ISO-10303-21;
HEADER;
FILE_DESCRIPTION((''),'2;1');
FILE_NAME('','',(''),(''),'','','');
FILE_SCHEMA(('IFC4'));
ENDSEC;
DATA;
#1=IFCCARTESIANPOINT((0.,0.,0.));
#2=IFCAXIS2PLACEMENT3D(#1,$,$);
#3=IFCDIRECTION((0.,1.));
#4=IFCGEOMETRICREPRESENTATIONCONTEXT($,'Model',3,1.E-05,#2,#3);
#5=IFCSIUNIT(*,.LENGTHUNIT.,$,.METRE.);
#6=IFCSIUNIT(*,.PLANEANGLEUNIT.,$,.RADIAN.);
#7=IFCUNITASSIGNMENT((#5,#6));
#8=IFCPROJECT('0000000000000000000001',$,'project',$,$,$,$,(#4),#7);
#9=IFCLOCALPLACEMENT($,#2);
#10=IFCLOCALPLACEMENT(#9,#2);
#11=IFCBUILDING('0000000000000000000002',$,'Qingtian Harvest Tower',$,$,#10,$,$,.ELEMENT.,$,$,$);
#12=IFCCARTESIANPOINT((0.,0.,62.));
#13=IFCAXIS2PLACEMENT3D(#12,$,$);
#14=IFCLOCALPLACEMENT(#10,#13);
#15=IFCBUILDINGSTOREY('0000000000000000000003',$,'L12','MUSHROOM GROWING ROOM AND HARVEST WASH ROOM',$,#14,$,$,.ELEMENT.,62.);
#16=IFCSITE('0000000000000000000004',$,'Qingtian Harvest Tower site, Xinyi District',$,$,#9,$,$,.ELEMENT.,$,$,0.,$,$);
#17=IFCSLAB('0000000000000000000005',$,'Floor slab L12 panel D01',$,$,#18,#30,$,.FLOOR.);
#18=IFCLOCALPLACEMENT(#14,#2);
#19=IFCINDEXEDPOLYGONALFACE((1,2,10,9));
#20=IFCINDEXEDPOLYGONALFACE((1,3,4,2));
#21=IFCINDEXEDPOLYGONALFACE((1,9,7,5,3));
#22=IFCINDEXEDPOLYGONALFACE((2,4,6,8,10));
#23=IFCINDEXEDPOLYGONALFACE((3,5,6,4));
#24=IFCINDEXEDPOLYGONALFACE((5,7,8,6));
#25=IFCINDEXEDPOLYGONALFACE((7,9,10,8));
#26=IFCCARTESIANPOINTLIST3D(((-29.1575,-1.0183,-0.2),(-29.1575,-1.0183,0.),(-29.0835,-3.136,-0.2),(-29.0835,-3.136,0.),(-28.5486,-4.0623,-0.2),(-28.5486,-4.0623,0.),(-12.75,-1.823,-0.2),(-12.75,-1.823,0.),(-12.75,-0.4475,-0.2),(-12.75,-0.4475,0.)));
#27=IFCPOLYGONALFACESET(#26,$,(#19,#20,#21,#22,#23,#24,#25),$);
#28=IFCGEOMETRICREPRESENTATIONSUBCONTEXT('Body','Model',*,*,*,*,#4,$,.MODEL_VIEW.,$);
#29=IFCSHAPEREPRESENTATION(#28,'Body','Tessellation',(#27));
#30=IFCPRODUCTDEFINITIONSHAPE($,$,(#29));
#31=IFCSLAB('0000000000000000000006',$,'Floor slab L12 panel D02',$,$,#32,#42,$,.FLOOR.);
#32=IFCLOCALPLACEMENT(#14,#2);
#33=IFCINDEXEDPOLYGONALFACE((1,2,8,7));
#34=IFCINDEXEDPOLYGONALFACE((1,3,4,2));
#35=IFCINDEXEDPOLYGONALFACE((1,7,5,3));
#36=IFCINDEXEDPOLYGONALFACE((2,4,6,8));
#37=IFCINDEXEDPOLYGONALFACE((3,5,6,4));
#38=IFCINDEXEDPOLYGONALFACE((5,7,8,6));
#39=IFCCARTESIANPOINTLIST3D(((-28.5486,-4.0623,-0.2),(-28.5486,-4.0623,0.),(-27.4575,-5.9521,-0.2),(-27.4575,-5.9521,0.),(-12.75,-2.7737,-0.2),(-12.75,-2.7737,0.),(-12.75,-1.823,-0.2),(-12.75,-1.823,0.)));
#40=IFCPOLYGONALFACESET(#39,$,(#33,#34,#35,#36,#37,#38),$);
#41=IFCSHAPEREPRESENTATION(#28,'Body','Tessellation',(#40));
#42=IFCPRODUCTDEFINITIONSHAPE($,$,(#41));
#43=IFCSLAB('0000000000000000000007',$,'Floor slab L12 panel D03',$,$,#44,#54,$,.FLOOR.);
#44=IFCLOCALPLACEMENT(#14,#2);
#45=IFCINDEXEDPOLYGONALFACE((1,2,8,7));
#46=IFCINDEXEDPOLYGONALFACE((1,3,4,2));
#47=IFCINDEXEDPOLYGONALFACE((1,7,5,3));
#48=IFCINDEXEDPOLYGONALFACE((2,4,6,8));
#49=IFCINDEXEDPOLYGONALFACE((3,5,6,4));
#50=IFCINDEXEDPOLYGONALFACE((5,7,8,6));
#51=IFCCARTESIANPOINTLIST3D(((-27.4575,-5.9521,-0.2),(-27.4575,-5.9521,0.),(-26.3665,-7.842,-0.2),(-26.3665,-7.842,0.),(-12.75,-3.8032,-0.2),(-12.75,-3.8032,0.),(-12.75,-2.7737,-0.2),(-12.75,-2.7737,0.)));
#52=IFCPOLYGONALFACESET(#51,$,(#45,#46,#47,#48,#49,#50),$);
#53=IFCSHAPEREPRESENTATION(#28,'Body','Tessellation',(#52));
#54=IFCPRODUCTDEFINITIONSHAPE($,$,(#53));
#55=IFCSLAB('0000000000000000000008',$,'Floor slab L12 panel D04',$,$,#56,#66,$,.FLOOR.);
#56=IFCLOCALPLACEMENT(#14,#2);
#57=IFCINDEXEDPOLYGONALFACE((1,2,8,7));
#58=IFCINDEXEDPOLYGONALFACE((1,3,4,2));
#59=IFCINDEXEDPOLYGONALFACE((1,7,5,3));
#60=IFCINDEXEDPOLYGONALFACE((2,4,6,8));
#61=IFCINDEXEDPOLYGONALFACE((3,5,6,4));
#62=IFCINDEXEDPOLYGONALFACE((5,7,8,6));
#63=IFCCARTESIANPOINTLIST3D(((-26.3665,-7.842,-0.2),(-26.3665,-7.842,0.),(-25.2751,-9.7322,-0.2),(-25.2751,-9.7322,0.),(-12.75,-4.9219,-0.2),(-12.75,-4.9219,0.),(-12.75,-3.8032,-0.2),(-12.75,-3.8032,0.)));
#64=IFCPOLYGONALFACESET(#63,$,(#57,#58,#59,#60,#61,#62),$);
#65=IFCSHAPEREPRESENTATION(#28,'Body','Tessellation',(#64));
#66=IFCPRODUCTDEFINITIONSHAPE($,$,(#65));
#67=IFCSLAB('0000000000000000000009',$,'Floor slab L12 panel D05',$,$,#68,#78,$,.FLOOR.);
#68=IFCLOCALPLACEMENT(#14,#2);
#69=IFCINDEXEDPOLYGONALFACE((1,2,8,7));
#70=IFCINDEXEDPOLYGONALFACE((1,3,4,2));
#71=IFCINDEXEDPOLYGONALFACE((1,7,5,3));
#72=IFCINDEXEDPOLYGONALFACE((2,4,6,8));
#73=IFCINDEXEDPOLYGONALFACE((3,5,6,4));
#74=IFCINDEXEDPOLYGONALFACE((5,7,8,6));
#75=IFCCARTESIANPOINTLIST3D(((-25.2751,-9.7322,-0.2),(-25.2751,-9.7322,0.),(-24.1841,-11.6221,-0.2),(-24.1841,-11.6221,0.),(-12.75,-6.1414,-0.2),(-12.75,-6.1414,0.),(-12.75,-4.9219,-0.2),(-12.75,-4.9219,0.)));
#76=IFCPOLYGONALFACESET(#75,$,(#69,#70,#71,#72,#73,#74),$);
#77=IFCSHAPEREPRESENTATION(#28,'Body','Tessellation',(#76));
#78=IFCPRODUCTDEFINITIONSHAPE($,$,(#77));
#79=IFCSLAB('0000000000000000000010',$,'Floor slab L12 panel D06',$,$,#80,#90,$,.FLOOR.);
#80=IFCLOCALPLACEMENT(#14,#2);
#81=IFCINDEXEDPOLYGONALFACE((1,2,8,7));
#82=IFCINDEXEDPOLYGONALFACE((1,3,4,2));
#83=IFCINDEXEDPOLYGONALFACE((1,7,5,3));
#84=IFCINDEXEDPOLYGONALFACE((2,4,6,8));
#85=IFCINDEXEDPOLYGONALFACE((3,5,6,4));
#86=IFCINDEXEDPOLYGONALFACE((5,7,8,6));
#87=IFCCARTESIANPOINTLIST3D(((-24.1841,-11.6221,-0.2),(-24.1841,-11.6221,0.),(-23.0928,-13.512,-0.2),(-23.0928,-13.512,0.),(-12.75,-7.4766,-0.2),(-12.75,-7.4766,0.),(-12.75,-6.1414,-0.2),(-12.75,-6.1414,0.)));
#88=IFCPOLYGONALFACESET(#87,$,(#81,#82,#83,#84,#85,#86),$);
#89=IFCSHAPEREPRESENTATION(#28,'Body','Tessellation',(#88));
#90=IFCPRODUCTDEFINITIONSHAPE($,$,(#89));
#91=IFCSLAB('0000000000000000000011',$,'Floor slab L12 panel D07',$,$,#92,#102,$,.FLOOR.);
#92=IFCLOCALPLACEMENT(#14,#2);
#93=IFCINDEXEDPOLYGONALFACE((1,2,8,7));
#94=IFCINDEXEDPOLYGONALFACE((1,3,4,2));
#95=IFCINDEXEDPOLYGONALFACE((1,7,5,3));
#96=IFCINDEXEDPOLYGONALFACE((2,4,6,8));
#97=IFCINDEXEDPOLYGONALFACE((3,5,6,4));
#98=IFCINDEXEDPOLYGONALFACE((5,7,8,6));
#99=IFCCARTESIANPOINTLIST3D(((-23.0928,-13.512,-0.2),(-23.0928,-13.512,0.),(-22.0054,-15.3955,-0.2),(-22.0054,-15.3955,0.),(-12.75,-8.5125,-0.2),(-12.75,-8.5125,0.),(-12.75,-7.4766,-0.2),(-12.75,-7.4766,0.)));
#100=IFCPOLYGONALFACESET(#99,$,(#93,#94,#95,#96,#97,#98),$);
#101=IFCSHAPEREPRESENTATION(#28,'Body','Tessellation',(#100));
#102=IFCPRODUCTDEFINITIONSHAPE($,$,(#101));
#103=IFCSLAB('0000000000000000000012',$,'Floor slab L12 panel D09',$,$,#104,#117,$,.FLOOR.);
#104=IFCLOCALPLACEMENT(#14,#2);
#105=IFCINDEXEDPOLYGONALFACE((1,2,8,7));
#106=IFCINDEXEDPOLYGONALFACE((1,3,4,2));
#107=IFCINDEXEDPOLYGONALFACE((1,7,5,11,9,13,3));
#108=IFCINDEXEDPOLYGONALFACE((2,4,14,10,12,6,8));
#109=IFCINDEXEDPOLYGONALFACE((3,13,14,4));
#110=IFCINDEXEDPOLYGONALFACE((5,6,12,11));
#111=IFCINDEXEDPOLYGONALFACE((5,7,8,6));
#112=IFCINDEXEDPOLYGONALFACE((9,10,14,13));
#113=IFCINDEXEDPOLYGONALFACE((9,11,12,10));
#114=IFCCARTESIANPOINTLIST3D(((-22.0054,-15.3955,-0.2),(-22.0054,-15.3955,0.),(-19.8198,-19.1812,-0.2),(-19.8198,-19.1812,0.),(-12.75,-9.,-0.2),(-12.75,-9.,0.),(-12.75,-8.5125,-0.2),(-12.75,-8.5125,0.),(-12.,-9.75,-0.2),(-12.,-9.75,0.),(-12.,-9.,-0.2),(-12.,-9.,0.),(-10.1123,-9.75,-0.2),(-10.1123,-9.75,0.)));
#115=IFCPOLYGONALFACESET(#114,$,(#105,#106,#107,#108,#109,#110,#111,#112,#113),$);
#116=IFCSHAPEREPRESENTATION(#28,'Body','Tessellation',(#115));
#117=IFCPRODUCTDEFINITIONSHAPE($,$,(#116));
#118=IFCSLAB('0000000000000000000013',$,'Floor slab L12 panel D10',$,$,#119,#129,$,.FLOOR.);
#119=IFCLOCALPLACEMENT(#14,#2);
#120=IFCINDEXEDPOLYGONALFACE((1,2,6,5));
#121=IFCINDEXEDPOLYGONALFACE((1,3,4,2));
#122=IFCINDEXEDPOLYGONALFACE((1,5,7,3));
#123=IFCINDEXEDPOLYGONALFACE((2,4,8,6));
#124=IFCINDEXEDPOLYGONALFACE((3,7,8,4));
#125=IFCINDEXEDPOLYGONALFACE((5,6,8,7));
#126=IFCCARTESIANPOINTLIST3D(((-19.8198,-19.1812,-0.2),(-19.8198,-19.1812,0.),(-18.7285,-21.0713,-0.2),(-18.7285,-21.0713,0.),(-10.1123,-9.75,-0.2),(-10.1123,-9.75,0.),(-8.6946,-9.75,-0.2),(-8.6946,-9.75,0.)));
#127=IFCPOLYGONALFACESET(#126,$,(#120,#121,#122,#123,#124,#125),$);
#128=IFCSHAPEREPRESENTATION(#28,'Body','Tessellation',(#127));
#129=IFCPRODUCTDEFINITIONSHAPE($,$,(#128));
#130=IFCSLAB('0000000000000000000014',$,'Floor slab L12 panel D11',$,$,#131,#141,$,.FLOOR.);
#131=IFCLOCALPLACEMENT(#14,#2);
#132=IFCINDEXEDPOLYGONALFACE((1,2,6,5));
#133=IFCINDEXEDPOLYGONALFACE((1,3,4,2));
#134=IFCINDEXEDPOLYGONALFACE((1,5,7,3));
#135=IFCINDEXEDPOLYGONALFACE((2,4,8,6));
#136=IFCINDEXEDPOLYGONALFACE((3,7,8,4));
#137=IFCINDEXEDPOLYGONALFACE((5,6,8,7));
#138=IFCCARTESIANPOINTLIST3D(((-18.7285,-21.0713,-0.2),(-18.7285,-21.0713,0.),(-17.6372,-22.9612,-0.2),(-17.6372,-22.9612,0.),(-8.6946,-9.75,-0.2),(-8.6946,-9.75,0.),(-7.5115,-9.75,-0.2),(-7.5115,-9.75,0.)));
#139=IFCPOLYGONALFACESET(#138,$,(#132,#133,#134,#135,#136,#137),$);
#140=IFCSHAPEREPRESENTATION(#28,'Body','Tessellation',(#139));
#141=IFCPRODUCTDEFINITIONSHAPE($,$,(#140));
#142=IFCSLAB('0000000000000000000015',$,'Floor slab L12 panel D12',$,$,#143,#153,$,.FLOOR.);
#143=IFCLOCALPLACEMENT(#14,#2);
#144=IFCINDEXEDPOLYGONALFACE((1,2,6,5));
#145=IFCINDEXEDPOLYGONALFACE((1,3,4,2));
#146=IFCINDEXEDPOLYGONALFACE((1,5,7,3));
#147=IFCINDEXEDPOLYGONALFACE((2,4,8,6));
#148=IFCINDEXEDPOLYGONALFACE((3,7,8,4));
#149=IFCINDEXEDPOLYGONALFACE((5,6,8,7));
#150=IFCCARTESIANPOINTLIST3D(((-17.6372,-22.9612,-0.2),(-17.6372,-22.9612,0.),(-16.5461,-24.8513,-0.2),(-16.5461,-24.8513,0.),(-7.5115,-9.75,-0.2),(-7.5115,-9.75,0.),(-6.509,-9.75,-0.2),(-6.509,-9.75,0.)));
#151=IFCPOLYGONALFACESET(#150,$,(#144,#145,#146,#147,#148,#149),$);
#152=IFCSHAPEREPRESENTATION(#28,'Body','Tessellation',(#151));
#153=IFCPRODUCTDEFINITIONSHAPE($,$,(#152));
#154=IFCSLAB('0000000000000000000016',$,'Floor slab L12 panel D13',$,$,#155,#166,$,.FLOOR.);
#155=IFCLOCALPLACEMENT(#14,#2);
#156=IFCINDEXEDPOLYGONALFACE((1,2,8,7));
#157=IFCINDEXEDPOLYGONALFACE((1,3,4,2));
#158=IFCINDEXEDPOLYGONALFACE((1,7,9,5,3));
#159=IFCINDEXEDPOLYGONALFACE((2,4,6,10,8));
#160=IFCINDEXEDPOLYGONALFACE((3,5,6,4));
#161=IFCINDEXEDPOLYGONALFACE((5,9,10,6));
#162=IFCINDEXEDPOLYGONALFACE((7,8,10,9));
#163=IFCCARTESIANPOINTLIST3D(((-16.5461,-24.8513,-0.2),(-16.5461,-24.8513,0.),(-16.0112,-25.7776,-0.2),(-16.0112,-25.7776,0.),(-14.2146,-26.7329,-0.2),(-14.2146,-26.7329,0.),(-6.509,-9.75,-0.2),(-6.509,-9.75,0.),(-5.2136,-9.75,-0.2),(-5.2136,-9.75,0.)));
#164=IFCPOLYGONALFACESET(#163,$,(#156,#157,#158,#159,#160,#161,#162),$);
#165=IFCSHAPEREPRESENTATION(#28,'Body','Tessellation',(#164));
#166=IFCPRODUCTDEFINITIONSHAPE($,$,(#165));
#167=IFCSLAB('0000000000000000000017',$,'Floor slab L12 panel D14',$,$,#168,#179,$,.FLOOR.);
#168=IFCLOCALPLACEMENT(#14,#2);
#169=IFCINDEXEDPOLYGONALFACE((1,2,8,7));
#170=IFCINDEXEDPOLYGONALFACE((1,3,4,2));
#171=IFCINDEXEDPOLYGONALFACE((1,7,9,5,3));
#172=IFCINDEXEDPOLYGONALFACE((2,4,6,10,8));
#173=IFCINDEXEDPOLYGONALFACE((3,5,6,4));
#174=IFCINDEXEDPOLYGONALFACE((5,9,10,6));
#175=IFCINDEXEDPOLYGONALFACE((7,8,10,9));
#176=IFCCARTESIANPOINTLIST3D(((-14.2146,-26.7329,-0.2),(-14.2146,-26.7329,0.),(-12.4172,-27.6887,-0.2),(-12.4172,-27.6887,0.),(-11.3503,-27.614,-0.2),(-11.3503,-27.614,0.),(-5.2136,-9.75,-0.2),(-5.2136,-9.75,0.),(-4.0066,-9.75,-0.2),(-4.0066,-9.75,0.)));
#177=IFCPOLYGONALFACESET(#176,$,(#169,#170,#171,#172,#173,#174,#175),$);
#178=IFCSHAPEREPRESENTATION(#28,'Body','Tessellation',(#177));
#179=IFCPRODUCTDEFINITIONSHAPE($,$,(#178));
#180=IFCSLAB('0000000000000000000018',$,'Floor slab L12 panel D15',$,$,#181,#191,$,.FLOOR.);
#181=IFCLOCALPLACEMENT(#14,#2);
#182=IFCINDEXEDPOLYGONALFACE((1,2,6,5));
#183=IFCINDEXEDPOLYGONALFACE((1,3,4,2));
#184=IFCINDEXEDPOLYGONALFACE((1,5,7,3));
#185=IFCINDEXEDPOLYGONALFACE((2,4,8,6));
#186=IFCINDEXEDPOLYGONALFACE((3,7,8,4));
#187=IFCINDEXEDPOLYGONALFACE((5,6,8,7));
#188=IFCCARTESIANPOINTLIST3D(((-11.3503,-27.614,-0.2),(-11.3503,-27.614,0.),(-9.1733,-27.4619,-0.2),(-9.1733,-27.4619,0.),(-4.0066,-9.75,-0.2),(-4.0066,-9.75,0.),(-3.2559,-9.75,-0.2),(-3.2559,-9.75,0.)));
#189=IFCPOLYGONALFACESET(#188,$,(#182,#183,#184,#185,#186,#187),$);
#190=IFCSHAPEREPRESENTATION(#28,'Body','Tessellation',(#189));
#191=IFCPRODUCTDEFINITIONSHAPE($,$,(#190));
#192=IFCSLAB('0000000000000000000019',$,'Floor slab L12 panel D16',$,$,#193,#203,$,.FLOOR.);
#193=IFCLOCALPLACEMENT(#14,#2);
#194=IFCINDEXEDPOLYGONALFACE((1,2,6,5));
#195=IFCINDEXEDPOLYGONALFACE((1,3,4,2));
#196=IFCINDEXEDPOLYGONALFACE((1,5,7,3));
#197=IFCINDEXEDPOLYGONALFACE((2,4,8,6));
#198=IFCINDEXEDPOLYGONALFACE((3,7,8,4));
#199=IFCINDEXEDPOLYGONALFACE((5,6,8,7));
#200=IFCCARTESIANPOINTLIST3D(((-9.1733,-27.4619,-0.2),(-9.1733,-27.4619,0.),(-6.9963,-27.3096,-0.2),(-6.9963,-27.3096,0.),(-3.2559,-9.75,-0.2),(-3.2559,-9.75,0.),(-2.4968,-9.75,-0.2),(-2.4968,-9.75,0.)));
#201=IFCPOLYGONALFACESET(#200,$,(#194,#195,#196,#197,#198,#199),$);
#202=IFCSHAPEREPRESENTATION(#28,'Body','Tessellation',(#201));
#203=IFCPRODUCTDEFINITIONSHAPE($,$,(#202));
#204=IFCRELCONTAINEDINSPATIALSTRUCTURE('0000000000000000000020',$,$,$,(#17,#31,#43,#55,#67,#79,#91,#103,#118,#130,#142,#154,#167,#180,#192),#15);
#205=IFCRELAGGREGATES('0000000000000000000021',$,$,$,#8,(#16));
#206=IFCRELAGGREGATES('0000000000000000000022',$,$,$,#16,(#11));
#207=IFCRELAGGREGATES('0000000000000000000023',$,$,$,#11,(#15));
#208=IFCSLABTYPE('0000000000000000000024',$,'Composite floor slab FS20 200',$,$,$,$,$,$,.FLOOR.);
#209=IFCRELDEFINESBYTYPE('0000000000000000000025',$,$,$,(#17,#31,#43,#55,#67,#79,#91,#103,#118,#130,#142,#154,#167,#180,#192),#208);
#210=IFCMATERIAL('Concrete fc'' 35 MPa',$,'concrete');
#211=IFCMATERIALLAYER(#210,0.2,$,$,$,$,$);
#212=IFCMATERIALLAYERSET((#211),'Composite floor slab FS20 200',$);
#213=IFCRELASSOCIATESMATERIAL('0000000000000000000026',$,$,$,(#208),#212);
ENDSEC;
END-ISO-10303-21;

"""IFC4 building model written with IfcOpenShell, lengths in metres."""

from ifc_helpers import new_model, si_unit, direction, frame, origin, place, context, subcontext, project, spatial, polyline, outline, extrude, material, layer, layer_set, type_object, element, save


model = new_model("IFC4")

# Units and contexts
model_context = context("Model", 3, precision=1e-05, world=origin(), true_north=direction((0.0, 1.0)))
body_context = subcontext(model_context, "Body", "Model", "MODEL_VIEW")
ifc_project = project(units=[si_unit("LENGTHUNIT", "METRE"), si_unit("PLANEANGLEUNIT", "RADIAN")], contexts=[model_context])

# Site, building, storey
site_placement = place(None, origin())
site = spatial("IfcSite", under=ifc_project, at=site_placement, Name="Qingtian Harvest Tower site, Xinyi District", CompositionType="ELEMENT", RefElevation=0.0)
building_placement = place(site_placement, origin())
building = spatial("IfcBuilding", under=site, at=building_placement, Name="Qingtian Harvest Tower", CompositionType="ELEMENT")
storey_placement = place(building_placement, frame((0.0, 0.0, 62.0)))
storey = spatial("IfcBuildingStorey", under=building, at=storey_placement, Name="L12", Description="MUSHROOM GROWING ROOM AND HARVEST WASH ROOM", CompositionType="ELEMENT", Elevation=62.0)

# Slabs
ifc_material_1 = material(Name="Concrete fc' 35 MPa", Category="concrete")
ifc_layer_1 = layer(ifc_material_1, 0.2)
ifc_layer_set_1 = layer_set([ifc_layer_1], Name="Composite floor slab FS20 200")
slab_type_1 = type_object("IfcSlabType", Name="Composite floor slab FS20 200", PredefinedType="FLOOR", material=ifc_layer_set_1)
slab_1_placement = place(storey_placement, frame((0.0, 0.0, -0.2)))
element("IfcSlab", 1, at=slab_1_placement, inside=storey, type_object=slab_type_1, Name="Floor slab L12 panel D01", PredefinedType="FLOOR", context=body_context, shape_type="SweptSolid", body=[
    extrude(outline(polyline([(-29.1575, -1.0183), (-12.75, -0.4475), (-12.75, -1.823), (-28.5486, -4.0623), (-29.0835, -3.136), (-29.1575, -1.0183)])), origin(), (0.0, 0.0, 1.0), 0.2),
])
slab_2_placement = place(storey_placement, frame((0.0, 0.0, -0.2)))
element("IfcSlab", 2, at=slab_2_placement, inside=storey, type_object=slab_type_1, Name="Floor slab L12 panel D02", PredefinedType="FLOOR", context=body_context, shape_type="SweptSolid", body=[
    extrude(outline(polyline([(-12.75, -2.7737), (-27.4575, -5.9521), (-28.5486, -4.0623), (-12.75, -1.823), (-12.75, -2.7737)])), origin(), (0.0, 0.0, 1.0), 0.2),
])
slab_3_placement = place(storey_placement, frame((0.0, 0.0, -0.2)))
element("IfcSlab", 3, at=slab_3_placement, inside=storey, type_object=slab_type_1, Name="Floor slab L12 panel D03", PredefinedType="FLOOR", context=body_context, shape_type="SweptSolid", body=[
    extrude(outline(polyline([(-12.75, -3.8032), (-26.3665, -7.842), (-27.4575, -5.9521), (-12.75, -2.7737), (-12.75, -3.8032)])), origin(), (0.0, 0.0, 1.0), 0.2),
])
slab_4_placement = place(storey_placement, frame((0.0, 0.0, -0.2)))
element("IfcSlab", 4, at=slab_4_placement, inside=storey, type_object=slab_type_1, Name="Floor slab L12 panel D04", PredefinedType="FLOOR", context=body_context, shape_type="SweptSolid", body=[
    extrude(outline(polyline([(-12.75, -4.9219), (-25.2751, -9.7322), (-26.3665, -7.842), (-12.75, -3.8032), (-12.75, -4.9219)])), origin(), (0.0, 0.0, 1.0), 0.2),
])
slab_5_placement = place(storey_placement, frame((0.0, 0.0, -0.2)))
element("IfcSlab", 5, at=slab_5_placement, inside=storey, type_object=slab_type_1, Name="Floor slab L12 panel D05", PredefinedType="FLOOR", context=body_context, shape_type="SweptSolid", body=[
    extrude(outline(polyline([(-12.75, -6.1414), (-24.1841, -11.6221), (-25.2751, -9.7322), (-12.75, -4.9219), (-12.75, -6.1414)])), origin(), (0.0, 0.0, 1.0), 0.2),
])
slab_6_placement = place(storey_placement, frame((0.0, 0.0, -0.2)))
element("IfcSlab", 6, at=slab_6_placement, inside=storey, type_object=slab_type_1, Name="Floor slab L12 panel D06", PredefinedType="FLOOR", context=body_context, shape_type="SweptSolid", body=[
    extrude(outline(polyline([(-12.75, -7.4766), (-23.0928, -13.512), (-24.1841, -11.6221), (-12.75, -6.1414), (-12.75, -7.4766)])), origin(), (0.0, 0.0, 1.0), 0.2),
])
slab_7_placement = place(storey_placement, frame((0.0, 0.0, -0.2)))
element("IfcSlab", 7, at=slab_7_placement, inside=storey, type_object=slab_type_1, Name="Floor slab L12 panel D07", PredefinedType="FLOOR", context=body_context, shape_type="SweptSolid", body=[
    extrude(outline(polyline([(-12.75, -8.5125), (-22.0054, -15.3955), (-23.0928, -13.512), (-12.75, -7.4766), (-12.75, -8.5125)])), origin(), (0.0, 0.0, 1.0), 0.2),
])
slab_8_placement = place(storey_placement, frame((0.0, 0.0, -0.2)))
element("IfcSlab", 8, at=slab_8_placement, inside=storey, type_object=slab_type_1, Name="Floor slab L12 panel D09", PredefinedType="FLOOR", context=body_context, shape_type="SweptSolid", body=[
    extrude(outline(polyline([(-19.8198, -19.1812), (-22.0054, -15.3955), (-12.75, -8.5125), (-12.75, -9.0), (-12.0, -9.0), (-12.0, -9.75), (-10.1123, -9.75), (-19.8198, -19.1812)])), origin(), (0.0, 0.0, 1.0), 0.2),
])
slab_9_placement = place(storey_placement, frame((0.0, 0.0, -0.2)))
element("IfcSlab", 9, at=slab_9_placement, inside=storey, type_object=slab_type_1, Name="Floor slab L12 panel D10", PredefinedType="FLOOR", context=body_context, shape_type="SweptSolid", body=[
    extrude(outline(polyline([(-8.6946, -9.75), (-18.7285, -21.0713), (-19.8198, -19.1812), (-10.1123, -9.75), (-8.6946, -9.75)])), origin(), (0.0, 0.0, 1.0), 0.2),
])
slab_10_placement = place(storey_placement, frame((0.0, 0.0, -0.2)))
element("IfcSlab", 10, at=slab_10_placement, inside=storey, type_object=slab_type_1, Name="Floor slab L12 panel D11", PredefinedType="FLOOR", context=body_context, shape_type="SweptSolid", body=[
    extrude(outline(polyline([(-7.5115, -9.75), (-17.6372, -22.9612), (-18.7285, -21.0713), (-8.6946, -9.75), (-7.5115, -9.75)])), origin(), (0.0, 0.0, 1.0), 0.2),
])
slab_11_placement = place(storey_placement, frame((0.0, 0.0, -0.2)))
element("IfcSlab", 11, at=slab_11_placement, inside=storey, type_object=slab_type_1, Name="Floor slab L12 panel D12", PredefinedType="FLOOR", context=body_context, shape_type="SweptSolid", body=[
    extrude(outline(polyline([(-6.509, -9.75), (-16.5461, -24.8513), (-17.6372, -22.9612), (-7.5115, -9.75), (-6.509, -9.75)])), origin(), (0.0, 0.0, 1.0), 0.2),
])
slab_12_placement = place(storey_placement, frame((0.0, 0.0, -0.2)))
element("IfcSlab", 12, at=slab_12_placement, inside=storey, type_object=slab_type_1, Name="Floor slab L12 panel D13", PredefinedType="FLOOR", context=body_context, shape_type="SweptSolid", body=[
    extrude(outline(polyline([(-6.509, -9.75), (-5.2136, -9.75), (-14.2146, -26.7329), (-16.0112, -25.7776), (-16.5461, -24.8513), (-6.509, -9.75)])), origin(), (0.0, 0.0, 1.0), 0.2),
])
slab_13_placement = place(storey_placement, frame((0.0, 0.0, -0.2)))
element("IfcSlab", 13, at=slab_13_placement, inside=storey, type_object=slab_type_1, Name="Floor slab L12 panel D14", PredefinedType="FLOOR", context=body_context, shape_type="SweptSolid", body=[
    extrude(outline(polyline([(-5.2136, -9.75), (-4.0066, -9.75), (-11.3503, -27.614), (-12.4172, -27.6887), (-14.2146, -26.7329), (-5.2136, -9.75)])), origin(), (0.0, 0.0, 1.0), 0.2),
])
slab_14_placement = place(storey_placement, frame((0.0, 0.0, -0.2)))
element("IfcSlab", 14, at=slab_14_placement, inside=storey, type_object=slab_type_1, Name="Floor slab L12 panel D15", PredefinedType="FLOOR", context=body_context, shape_type="SweptSolid", body=[
    extrude(outline(polyline([(-3.2559, -9.75), (-9.1733, -27.4619), (-11.3503, -27.614), (-4.0066, -9.75), (-3.2559, -9.75)])), origin(), (0.0, 0.0, 1.0), 0.2),
])
slab_15_placement = place(storey_placement, frame((0.0, 0.0, -0.2)))
element("IfcSlab", 15, at=slab_15_placement, inside=storey, type_object=slab_type_1, Name="Floor slab L12 panel D16", PredefinedType="FLOOR", context=body_context, shape_type="SweptSolid", body=[
    extrude(outline(polyline([(-2.4968, -9.75), (-6.9963, -27.3096), (-9.1733, -27.4619), (-3.2559, -9.75), (-2.4968, -9.75)])), origin(), (0.0, 0.0, 1.0), 0.2),
])

save(model, "model.ifc")
